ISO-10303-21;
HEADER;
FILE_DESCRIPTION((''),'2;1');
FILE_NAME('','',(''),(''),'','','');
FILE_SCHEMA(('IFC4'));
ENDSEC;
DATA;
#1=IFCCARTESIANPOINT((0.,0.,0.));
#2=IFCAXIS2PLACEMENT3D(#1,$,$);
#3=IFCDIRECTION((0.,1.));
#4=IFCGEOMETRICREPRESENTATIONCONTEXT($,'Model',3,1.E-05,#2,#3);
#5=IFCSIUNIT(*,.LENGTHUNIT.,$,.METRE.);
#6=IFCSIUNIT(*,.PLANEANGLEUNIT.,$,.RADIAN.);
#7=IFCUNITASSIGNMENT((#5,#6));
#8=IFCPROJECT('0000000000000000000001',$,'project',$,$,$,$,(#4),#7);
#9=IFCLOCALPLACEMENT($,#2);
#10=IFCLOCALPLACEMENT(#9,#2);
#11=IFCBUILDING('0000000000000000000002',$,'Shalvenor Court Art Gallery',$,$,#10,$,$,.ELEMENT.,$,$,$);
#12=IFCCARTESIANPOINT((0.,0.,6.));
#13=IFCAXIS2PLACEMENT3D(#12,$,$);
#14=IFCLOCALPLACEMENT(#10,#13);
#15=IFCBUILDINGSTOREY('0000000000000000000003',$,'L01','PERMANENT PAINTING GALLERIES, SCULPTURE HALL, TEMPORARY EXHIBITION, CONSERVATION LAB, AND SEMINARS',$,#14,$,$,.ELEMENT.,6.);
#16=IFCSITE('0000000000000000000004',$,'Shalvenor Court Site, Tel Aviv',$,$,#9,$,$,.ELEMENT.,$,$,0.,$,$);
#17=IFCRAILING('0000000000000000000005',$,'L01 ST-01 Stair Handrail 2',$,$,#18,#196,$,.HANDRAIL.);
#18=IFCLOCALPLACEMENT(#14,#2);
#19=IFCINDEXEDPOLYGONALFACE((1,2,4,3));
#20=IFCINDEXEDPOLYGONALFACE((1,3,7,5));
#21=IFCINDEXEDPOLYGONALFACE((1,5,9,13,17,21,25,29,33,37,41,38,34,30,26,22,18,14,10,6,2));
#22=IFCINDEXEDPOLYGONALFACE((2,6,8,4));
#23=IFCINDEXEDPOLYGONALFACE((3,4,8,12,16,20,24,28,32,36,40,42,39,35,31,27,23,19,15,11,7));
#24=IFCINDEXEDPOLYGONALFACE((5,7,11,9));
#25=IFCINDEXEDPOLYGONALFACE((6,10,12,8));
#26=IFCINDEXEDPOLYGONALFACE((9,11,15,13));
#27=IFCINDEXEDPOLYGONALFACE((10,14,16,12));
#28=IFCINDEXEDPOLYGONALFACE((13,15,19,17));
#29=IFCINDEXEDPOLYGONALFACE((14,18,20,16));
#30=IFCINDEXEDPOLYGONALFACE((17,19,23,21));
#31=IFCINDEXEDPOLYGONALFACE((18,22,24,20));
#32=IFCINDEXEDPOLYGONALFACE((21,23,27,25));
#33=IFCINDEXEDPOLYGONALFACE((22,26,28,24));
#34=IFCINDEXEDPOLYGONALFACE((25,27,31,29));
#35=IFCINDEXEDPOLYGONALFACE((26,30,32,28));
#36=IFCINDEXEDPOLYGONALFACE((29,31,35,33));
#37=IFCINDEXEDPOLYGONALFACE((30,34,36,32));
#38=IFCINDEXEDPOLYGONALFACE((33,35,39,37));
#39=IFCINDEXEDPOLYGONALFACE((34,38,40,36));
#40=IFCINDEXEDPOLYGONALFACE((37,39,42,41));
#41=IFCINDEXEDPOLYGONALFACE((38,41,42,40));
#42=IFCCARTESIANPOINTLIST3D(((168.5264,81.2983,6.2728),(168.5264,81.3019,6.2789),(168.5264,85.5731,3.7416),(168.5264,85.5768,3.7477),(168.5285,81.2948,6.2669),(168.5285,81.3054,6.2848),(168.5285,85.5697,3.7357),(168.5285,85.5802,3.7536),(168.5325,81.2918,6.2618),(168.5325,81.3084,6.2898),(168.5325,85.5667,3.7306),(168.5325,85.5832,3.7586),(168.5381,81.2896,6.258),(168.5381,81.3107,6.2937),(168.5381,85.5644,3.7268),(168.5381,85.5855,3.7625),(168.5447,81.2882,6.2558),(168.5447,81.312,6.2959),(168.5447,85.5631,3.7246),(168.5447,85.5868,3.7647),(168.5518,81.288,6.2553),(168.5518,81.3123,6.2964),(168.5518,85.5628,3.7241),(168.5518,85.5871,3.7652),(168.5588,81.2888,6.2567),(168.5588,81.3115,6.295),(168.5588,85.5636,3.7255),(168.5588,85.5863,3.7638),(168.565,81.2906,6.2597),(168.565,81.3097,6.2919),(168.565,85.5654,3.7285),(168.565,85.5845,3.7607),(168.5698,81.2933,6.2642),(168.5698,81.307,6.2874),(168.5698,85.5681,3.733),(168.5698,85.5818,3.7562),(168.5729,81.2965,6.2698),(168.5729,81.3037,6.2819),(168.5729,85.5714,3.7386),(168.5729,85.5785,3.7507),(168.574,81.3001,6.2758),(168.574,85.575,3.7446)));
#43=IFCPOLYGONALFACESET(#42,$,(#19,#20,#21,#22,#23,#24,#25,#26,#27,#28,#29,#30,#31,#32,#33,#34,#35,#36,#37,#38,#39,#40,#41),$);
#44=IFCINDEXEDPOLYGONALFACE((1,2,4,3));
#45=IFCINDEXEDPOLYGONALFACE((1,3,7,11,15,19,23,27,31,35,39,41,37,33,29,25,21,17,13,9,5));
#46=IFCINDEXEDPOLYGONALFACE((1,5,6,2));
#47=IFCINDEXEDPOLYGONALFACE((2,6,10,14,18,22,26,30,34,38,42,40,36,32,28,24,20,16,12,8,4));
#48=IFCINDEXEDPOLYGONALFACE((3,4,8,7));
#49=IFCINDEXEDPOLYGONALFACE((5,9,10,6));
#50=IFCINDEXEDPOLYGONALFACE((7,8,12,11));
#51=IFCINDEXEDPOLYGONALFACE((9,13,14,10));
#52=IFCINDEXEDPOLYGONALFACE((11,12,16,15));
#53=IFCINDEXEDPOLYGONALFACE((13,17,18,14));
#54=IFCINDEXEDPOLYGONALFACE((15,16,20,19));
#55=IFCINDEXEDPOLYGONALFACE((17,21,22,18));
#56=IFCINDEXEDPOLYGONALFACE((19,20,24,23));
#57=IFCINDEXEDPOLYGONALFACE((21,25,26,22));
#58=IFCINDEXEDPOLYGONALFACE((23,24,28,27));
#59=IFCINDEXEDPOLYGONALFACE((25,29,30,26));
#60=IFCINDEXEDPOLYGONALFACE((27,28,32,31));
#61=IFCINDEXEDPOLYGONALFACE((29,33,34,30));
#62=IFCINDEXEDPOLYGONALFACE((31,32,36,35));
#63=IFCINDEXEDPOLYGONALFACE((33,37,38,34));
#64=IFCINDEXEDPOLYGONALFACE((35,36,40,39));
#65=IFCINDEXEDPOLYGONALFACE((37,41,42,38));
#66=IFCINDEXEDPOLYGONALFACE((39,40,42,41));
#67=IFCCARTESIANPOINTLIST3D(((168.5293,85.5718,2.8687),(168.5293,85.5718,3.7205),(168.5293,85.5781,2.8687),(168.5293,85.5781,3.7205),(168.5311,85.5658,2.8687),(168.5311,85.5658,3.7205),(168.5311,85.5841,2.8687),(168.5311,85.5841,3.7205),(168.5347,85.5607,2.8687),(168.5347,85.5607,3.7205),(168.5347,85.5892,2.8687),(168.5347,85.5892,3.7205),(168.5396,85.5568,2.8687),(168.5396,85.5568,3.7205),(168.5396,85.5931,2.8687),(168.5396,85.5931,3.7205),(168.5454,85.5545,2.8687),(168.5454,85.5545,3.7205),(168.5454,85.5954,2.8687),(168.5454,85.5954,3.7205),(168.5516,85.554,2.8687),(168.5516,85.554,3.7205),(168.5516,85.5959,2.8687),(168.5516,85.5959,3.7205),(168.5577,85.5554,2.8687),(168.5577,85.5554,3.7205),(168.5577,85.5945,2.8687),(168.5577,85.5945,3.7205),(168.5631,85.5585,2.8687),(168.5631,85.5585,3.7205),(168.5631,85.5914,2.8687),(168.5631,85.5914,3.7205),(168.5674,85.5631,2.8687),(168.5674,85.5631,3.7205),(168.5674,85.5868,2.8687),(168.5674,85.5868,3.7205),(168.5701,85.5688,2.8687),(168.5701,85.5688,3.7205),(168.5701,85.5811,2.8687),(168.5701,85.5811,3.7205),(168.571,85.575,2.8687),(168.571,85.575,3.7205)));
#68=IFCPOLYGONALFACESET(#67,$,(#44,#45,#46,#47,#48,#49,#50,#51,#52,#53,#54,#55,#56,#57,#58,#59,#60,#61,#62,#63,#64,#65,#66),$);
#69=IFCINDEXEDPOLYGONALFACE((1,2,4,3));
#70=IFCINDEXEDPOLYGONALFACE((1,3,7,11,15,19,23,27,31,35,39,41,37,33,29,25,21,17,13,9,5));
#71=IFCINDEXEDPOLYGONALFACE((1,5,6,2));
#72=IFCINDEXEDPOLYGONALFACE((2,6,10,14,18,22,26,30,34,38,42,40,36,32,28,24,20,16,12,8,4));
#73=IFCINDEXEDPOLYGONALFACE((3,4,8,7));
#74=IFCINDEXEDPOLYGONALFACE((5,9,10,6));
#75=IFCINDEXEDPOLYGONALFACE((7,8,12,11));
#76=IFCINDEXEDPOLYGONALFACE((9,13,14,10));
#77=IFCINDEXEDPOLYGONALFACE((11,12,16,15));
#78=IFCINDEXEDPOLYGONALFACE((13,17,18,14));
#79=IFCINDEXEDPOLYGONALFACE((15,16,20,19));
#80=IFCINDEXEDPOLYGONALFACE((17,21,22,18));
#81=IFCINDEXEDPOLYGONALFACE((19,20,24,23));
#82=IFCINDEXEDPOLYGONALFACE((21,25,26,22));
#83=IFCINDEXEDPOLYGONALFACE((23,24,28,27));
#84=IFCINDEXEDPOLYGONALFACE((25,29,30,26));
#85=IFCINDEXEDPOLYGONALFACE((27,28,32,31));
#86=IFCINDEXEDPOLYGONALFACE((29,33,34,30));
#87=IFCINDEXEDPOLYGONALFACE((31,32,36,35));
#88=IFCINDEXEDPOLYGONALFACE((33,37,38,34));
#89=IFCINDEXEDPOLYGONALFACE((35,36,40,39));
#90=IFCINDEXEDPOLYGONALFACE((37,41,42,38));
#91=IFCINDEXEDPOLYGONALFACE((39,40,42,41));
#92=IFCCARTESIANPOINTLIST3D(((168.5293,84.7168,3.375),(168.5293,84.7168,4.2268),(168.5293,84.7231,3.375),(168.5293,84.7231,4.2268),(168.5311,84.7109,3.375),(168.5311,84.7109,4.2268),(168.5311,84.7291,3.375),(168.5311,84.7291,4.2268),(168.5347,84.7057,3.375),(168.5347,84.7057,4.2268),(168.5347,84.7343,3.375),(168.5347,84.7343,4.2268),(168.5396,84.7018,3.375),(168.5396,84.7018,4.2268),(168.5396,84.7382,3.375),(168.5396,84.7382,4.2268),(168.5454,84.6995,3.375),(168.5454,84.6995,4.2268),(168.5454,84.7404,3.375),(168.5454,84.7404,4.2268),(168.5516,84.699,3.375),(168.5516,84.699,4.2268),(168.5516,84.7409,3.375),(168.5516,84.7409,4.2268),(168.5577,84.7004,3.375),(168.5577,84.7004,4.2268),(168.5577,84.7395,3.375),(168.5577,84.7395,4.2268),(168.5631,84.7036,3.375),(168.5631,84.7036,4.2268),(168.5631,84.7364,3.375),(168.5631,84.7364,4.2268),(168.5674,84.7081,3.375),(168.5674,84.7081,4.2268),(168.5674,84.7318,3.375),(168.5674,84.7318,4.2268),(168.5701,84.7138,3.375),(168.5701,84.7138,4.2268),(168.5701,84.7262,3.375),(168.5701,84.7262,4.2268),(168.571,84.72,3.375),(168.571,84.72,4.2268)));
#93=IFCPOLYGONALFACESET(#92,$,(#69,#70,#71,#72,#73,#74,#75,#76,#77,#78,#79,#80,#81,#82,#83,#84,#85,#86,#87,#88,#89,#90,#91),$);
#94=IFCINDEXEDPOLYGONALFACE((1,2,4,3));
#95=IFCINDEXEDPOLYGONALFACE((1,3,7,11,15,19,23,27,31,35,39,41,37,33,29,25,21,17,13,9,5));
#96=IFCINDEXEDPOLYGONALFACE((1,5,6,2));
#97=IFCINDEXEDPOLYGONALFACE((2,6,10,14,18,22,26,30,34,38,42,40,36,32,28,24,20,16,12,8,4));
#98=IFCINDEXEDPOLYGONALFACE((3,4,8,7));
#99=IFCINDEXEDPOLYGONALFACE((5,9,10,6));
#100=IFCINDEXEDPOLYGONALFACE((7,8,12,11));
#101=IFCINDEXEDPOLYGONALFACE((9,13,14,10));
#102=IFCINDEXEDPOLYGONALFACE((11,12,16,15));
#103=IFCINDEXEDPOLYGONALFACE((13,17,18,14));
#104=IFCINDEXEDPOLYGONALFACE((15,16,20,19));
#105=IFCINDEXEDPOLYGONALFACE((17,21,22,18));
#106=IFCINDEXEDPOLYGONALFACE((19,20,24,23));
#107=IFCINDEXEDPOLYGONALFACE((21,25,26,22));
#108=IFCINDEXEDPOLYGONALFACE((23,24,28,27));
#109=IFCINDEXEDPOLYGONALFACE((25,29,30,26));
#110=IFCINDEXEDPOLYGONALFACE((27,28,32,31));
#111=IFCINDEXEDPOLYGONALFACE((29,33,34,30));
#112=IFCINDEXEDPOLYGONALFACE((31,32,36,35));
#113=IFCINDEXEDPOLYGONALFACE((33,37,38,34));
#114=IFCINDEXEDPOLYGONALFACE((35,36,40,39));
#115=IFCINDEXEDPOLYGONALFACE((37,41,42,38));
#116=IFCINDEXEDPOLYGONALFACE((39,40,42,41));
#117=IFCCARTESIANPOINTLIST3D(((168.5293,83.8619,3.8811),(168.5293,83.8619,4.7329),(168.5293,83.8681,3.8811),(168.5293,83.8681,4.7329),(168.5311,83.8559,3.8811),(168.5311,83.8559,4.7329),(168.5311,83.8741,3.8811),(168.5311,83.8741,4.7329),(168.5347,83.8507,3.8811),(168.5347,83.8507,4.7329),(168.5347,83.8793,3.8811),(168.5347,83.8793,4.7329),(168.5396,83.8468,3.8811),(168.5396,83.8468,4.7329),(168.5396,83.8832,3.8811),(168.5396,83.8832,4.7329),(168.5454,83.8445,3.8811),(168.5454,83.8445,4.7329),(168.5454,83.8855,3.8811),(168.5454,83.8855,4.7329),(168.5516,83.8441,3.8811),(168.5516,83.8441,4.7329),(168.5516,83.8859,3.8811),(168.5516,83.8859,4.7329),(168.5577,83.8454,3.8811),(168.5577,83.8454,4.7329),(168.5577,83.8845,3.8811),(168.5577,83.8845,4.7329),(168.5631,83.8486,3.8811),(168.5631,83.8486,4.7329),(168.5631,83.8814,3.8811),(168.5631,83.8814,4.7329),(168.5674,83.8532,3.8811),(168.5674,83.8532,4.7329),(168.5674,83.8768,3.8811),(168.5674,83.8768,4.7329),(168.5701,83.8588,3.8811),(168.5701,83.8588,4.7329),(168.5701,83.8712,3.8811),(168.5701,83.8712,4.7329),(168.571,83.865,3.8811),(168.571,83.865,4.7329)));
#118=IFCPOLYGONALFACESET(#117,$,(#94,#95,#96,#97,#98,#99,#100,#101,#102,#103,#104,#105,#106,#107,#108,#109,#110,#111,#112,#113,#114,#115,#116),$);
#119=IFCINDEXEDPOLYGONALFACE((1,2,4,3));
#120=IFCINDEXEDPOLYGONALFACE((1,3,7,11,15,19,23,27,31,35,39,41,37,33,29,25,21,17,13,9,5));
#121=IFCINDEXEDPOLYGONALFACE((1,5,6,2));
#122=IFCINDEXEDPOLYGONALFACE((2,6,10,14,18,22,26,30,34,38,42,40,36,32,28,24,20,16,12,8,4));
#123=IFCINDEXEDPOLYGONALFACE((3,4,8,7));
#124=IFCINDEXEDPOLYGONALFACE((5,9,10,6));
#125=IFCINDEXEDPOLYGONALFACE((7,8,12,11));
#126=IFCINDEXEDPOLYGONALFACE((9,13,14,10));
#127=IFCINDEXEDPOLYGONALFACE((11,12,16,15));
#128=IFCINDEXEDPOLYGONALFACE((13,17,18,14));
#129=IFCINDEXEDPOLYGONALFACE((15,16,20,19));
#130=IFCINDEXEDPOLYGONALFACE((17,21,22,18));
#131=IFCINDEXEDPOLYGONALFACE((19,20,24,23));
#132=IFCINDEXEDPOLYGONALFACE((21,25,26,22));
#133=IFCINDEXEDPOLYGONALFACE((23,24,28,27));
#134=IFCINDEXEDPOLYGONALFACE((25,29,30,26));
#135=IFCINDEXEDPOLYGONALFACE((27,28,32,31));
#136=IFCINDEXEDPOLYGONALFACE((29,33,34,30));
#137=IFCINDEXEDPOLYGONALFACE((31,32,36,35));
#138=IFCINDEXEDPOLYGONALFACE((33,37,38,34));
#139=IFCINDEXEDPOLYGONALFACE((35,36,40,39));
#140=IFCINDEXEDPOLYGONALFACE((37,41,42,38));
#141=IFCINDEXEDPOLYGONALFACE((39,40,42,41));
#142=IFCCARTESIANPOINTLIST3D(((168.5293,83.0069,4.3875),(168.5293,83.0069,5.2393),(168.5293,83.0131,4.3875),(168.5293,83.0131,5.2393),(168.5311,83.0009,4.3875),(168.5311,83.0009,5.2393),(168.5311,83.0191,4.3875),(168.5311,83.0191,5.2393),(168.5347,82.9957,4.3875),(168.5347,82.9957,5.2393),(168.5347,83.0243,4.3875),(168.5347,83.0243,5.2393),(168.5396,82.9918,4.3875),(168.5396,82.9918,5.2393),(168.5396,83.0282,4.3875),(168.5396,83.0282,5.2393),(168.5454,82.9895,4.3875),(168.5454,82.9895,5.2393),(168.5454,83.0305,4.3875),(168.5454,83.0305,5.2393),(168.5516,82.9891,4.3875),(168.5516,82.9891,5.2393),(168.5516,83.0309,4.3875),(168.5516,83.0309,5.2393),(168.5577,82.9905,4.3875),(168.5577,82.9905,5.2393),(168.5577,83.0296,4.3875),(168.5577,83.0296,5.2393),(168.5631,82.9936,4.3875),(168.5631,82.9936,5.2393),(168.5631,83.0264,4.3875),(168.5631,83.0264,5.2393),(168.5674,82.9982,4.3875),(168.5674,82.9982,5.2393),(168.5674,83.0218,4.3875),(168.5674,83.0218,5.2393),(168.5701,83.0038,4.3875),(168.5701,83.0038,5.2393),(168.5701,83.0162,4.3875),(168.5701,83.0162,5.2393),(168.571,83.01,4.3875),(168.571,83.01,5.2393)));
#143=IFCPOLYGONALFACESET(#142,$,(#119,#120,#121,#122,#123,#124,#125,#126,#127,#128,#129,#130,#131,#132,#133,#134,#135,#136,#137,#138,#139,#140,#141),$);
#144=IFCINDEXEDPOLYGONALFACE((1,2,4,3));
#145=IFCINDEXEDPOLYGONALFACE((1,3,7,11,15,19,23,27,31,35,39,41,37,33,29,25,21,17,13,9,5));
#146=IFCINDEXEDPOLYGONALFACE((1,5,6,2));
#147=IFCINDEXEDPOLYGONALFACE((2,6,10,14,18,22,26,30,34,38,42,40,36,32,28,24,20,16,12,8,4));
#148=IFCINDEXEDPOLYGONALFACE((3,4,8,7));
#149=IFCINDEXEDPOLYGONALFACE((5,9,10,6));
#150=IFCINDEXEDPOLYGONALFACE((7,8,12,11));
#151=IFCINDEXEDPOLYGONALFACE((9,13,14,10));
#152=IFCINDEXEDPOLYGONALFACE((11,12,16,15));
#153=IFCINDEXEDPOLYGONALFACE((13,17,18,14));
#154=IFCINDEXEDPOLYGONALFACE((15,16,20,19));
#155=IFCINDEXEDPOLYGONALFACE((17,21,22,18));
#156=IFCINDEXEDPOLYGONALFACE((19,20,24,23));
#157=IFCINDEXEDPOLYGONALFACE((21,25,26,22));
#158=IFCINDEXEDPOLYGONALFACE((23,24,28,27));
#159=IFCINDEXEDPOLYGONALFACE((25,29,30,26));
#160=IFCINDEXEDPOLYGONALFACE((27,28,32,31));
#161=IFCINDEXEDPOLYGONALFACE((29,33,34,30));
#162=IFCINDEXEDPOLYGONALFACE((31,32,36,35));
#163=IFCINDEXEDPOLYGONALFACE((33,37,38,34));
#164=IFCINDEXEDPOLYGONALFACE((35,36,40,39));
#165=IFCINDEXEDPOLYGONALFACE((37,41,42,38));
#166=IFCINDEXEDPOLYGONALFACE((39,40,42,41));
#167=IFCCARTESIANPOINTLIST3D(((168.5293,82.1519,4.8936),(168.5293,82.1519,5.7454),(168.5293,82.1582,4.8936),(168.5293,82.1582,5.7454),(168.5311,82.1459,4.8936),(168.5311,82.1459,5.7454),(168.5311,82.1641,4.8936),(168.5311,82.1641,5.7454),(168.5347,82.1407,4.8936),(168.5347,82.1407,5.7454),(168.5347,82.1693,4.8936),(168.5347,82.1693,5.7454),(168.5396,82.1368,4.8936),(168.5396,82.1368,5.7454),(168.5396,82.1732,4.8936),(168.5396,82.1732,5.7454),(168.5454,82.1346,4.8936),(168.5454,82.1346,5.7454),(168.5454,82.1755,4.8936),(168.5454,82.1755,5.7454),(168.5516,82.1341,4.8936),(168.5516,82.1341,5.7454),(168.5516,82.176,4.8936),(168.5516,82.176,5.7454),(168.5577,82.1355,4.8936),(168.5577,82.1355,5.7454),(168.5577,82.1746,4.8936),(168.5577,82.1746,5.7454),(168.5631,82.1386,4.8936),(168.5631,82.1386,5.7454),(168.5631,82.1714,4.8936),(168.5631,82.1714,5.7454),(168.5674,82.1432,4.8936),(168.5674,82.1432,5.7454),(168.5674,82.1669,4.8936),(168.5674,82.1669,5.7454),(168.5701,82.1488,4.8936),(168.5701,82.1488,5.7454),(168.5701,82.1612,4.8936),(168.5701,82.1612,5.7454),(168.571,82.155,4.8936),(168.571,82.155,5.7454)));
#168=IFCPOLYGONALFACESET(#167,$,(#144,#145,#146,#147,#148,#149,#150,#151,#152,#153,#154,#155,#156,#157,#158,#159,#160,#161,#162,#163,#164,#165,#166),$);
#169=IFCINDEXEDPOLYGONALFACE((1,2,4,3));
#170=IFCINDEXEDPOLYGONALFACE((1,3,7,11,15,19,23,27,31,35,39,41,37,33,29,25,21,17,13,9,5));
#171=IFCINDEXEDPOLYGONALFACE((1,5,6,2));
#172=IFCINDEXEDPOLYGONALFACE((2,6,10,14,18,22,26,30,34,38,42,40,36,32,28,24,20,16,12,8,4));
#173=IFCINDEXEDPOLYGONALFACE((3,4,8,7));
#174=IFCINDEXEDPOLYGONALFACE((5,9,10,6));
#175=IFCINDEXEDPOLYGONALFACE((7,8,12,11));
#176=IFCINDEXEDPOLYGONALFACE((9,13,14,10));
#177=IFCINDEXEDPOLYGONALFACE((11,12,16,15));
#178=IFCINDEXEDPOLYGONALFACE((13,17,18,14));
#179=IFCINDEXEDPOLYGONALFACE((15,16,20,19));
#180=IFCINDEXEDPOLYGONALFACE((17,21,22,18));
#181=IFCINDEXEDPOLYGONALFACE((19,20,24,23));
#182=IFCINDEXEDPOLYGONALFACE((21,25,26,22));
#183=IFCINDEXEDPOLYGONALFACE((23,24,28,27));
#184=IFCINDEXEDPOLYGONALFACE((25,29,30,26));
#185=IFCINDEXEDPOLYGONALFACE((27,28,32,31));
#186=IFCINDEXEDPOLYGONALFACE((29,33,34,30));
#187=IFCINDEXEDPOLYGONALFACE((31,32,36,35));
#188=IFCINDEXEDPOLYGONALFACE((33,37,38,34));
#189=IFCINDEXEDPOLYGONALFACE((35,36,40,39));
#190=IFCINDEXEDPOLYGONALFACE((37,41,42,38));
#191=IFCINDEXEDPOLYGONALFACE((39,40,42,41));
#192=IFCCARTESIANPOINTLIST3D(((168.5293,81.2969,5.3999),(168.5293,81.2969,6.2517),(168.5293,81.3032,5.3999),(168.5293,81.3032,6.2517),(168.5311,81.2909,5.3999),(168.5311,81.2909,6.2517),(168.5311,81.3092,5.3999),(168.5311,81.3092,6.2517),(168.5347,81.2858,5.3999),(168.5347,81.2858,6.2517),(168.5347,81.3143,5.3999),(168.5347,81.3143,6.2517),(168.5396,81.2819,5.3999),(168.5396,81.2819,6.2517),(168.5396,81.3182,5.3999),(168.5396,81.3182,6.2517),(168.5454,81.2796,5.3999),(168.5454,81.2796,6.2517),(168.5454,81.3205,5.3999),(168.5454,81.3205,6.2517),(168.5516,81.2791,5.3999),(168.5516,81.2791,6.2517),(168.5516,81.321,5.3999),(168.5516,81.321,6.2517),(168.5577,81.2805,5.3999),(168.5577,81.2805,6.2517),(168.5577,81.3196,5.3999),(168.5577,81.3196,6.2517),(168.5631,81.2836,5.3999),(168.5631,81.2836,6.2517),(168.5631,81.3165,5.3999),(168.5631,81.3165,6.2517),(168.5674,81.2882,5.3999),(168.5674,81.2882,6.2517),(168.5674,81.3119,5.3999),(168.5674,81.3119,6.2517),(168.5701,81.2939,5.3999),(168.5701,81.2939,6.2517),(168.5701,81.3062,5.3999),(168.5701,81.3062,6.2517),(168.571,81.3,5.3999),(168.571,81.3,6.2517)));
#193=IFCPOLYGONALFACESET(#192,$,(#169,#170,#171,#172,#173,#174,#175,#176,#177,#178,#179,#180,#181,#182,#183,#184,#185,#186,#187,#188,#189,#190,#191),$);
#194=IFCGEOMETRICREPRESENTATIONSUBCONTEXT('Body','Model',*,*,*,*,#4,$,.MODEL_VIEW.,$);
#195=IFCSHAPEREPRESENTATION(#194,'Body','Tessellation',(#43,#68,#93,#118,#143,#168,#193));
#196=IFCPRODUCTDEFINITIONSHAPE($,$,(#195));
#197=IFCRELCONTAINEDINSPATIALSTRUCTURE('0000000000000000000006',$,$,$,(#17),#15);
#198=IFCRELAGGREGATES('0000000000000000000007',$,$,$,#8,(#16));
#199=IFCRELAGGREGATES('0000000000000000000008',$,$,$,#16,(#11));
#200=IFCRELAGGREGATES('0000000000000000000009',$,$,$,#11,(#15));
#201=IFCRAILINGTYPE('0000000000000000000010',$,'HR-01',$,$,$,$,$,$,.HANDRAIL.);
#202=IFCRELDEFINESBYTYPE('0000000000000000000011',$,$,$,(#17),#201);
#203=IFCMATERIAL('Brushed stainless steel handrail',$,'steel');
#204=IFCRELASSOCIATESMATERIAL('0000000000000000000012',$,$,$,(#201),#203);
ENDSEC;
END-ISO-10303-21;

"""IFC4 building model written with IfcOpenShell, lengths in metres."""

from ifc_helpers import new_model, si_unit, direction, frame, origin, origin_2d, place, context, subcontext, project, spatial, circle, extrude, material, type_object, element, save


model = new_model("IFC4")

# Units and contexts
model_context = context("Model", 3, precision=1e-05, world=origin(), true_north=direction((0.0, 1.0)))
body_context = subcontext(model_context, "Body", "Model", "MODEL_VIEW")
ifc_project = project(units=[si_unit("LENGTHUNIT", "METRE"), si_unit("PLANEANGLEUNIT", "RADIAN")], contexts=[model_context])

# Site, building, storey
site_placement = place(None, origin())
site = spatial("IfcSite", under=ifc_project, at=site_placement, Name="Shalvenor Court Site, Tel Aviv", CompositionType="ELEMENT", RefElevation=0.0)
building_placement = place(site_placement, origin())
building = spatial("IfcBuilding", under=site, at=building_placement, Name="Shalvenor Court Art Gallery", CompositionType="ELEMENT")
storey_placement = place(building_placement, frame((0.0, 0.0, 6.0)))
storey = spatial("IfcBuildingStorey", under=building, at=storey_placement, Name="L01", Description="PERMANENT PAINTING GALLERIES, SCULPTURE HALL, TEMPORARY EXHIBITION, CONSERVATION LAB, AND SEMINARS", CompositionType="ELEMENT", Elevation=6.0)

# Railing
ifc_material_1 = material(Name="Brushed stainless steel handrail", Category="steel")
railing_type_1 = type_object("IfcRailingType", Name="HR-01", PredefinedType="HANDRAIL", material=ifc_material_1)
railing_1_placement = place(storey_placement, frame((168.55, 85.575, 2.8687)))
element("IfcRailing", 1, at=railing_1_placement, inside=storey, type_object=railing_type_1, Name="L01 ST-01 Stair Handrail 2", PredefinedType="HANDRAIL", context=body_context, shape_type="SweptSolid", body=[
    extrude(circle(Radius=0.0239, at=origin_2d()), frame((0.0, 0.0, 0.876), z_axis=(0.0, -0.86047, 0.509501), x_axis=(1.0, 0.0, 0.0)), (0.0, 0.0, 1.0), 4.968),
    extrude(circle(Radius=0.021, at=origin_2d()), origin(), (0.0, 0.0, 1.0), 0.8518),
    extrude(circle(Radius=0.021, at=origin_2d()), frame((0.0, -0.855, 0.5063)), (0.0, 0.0, 1.0), 0.8518),
    extrude(circle(Radius=0.021, at=origin_2d()), frame((0.0, -1.71, 1.0125)), (0.0, 0.0, 1.0), 0.8518),
    extrude(circle(Radius=0.021, at=origin_2d()), frame((0.0, -2.5649, 1.5188)), (0.0, 0.0, 1.0), 0.8518),
    extrude(circle(Radius=0.021, at=origin_2d()), frame((0.0, -3.4199, 2.0249)), (0.0, 0.0, 1.0), 0.8518),
    extrude(circle(Radius=0.021, at=origin_2d()), frame((0.0, -4.2749, 2.5312)), (0.0, 0.0, 1.0), 0.8518),
])

save(model, "model.ifc")
